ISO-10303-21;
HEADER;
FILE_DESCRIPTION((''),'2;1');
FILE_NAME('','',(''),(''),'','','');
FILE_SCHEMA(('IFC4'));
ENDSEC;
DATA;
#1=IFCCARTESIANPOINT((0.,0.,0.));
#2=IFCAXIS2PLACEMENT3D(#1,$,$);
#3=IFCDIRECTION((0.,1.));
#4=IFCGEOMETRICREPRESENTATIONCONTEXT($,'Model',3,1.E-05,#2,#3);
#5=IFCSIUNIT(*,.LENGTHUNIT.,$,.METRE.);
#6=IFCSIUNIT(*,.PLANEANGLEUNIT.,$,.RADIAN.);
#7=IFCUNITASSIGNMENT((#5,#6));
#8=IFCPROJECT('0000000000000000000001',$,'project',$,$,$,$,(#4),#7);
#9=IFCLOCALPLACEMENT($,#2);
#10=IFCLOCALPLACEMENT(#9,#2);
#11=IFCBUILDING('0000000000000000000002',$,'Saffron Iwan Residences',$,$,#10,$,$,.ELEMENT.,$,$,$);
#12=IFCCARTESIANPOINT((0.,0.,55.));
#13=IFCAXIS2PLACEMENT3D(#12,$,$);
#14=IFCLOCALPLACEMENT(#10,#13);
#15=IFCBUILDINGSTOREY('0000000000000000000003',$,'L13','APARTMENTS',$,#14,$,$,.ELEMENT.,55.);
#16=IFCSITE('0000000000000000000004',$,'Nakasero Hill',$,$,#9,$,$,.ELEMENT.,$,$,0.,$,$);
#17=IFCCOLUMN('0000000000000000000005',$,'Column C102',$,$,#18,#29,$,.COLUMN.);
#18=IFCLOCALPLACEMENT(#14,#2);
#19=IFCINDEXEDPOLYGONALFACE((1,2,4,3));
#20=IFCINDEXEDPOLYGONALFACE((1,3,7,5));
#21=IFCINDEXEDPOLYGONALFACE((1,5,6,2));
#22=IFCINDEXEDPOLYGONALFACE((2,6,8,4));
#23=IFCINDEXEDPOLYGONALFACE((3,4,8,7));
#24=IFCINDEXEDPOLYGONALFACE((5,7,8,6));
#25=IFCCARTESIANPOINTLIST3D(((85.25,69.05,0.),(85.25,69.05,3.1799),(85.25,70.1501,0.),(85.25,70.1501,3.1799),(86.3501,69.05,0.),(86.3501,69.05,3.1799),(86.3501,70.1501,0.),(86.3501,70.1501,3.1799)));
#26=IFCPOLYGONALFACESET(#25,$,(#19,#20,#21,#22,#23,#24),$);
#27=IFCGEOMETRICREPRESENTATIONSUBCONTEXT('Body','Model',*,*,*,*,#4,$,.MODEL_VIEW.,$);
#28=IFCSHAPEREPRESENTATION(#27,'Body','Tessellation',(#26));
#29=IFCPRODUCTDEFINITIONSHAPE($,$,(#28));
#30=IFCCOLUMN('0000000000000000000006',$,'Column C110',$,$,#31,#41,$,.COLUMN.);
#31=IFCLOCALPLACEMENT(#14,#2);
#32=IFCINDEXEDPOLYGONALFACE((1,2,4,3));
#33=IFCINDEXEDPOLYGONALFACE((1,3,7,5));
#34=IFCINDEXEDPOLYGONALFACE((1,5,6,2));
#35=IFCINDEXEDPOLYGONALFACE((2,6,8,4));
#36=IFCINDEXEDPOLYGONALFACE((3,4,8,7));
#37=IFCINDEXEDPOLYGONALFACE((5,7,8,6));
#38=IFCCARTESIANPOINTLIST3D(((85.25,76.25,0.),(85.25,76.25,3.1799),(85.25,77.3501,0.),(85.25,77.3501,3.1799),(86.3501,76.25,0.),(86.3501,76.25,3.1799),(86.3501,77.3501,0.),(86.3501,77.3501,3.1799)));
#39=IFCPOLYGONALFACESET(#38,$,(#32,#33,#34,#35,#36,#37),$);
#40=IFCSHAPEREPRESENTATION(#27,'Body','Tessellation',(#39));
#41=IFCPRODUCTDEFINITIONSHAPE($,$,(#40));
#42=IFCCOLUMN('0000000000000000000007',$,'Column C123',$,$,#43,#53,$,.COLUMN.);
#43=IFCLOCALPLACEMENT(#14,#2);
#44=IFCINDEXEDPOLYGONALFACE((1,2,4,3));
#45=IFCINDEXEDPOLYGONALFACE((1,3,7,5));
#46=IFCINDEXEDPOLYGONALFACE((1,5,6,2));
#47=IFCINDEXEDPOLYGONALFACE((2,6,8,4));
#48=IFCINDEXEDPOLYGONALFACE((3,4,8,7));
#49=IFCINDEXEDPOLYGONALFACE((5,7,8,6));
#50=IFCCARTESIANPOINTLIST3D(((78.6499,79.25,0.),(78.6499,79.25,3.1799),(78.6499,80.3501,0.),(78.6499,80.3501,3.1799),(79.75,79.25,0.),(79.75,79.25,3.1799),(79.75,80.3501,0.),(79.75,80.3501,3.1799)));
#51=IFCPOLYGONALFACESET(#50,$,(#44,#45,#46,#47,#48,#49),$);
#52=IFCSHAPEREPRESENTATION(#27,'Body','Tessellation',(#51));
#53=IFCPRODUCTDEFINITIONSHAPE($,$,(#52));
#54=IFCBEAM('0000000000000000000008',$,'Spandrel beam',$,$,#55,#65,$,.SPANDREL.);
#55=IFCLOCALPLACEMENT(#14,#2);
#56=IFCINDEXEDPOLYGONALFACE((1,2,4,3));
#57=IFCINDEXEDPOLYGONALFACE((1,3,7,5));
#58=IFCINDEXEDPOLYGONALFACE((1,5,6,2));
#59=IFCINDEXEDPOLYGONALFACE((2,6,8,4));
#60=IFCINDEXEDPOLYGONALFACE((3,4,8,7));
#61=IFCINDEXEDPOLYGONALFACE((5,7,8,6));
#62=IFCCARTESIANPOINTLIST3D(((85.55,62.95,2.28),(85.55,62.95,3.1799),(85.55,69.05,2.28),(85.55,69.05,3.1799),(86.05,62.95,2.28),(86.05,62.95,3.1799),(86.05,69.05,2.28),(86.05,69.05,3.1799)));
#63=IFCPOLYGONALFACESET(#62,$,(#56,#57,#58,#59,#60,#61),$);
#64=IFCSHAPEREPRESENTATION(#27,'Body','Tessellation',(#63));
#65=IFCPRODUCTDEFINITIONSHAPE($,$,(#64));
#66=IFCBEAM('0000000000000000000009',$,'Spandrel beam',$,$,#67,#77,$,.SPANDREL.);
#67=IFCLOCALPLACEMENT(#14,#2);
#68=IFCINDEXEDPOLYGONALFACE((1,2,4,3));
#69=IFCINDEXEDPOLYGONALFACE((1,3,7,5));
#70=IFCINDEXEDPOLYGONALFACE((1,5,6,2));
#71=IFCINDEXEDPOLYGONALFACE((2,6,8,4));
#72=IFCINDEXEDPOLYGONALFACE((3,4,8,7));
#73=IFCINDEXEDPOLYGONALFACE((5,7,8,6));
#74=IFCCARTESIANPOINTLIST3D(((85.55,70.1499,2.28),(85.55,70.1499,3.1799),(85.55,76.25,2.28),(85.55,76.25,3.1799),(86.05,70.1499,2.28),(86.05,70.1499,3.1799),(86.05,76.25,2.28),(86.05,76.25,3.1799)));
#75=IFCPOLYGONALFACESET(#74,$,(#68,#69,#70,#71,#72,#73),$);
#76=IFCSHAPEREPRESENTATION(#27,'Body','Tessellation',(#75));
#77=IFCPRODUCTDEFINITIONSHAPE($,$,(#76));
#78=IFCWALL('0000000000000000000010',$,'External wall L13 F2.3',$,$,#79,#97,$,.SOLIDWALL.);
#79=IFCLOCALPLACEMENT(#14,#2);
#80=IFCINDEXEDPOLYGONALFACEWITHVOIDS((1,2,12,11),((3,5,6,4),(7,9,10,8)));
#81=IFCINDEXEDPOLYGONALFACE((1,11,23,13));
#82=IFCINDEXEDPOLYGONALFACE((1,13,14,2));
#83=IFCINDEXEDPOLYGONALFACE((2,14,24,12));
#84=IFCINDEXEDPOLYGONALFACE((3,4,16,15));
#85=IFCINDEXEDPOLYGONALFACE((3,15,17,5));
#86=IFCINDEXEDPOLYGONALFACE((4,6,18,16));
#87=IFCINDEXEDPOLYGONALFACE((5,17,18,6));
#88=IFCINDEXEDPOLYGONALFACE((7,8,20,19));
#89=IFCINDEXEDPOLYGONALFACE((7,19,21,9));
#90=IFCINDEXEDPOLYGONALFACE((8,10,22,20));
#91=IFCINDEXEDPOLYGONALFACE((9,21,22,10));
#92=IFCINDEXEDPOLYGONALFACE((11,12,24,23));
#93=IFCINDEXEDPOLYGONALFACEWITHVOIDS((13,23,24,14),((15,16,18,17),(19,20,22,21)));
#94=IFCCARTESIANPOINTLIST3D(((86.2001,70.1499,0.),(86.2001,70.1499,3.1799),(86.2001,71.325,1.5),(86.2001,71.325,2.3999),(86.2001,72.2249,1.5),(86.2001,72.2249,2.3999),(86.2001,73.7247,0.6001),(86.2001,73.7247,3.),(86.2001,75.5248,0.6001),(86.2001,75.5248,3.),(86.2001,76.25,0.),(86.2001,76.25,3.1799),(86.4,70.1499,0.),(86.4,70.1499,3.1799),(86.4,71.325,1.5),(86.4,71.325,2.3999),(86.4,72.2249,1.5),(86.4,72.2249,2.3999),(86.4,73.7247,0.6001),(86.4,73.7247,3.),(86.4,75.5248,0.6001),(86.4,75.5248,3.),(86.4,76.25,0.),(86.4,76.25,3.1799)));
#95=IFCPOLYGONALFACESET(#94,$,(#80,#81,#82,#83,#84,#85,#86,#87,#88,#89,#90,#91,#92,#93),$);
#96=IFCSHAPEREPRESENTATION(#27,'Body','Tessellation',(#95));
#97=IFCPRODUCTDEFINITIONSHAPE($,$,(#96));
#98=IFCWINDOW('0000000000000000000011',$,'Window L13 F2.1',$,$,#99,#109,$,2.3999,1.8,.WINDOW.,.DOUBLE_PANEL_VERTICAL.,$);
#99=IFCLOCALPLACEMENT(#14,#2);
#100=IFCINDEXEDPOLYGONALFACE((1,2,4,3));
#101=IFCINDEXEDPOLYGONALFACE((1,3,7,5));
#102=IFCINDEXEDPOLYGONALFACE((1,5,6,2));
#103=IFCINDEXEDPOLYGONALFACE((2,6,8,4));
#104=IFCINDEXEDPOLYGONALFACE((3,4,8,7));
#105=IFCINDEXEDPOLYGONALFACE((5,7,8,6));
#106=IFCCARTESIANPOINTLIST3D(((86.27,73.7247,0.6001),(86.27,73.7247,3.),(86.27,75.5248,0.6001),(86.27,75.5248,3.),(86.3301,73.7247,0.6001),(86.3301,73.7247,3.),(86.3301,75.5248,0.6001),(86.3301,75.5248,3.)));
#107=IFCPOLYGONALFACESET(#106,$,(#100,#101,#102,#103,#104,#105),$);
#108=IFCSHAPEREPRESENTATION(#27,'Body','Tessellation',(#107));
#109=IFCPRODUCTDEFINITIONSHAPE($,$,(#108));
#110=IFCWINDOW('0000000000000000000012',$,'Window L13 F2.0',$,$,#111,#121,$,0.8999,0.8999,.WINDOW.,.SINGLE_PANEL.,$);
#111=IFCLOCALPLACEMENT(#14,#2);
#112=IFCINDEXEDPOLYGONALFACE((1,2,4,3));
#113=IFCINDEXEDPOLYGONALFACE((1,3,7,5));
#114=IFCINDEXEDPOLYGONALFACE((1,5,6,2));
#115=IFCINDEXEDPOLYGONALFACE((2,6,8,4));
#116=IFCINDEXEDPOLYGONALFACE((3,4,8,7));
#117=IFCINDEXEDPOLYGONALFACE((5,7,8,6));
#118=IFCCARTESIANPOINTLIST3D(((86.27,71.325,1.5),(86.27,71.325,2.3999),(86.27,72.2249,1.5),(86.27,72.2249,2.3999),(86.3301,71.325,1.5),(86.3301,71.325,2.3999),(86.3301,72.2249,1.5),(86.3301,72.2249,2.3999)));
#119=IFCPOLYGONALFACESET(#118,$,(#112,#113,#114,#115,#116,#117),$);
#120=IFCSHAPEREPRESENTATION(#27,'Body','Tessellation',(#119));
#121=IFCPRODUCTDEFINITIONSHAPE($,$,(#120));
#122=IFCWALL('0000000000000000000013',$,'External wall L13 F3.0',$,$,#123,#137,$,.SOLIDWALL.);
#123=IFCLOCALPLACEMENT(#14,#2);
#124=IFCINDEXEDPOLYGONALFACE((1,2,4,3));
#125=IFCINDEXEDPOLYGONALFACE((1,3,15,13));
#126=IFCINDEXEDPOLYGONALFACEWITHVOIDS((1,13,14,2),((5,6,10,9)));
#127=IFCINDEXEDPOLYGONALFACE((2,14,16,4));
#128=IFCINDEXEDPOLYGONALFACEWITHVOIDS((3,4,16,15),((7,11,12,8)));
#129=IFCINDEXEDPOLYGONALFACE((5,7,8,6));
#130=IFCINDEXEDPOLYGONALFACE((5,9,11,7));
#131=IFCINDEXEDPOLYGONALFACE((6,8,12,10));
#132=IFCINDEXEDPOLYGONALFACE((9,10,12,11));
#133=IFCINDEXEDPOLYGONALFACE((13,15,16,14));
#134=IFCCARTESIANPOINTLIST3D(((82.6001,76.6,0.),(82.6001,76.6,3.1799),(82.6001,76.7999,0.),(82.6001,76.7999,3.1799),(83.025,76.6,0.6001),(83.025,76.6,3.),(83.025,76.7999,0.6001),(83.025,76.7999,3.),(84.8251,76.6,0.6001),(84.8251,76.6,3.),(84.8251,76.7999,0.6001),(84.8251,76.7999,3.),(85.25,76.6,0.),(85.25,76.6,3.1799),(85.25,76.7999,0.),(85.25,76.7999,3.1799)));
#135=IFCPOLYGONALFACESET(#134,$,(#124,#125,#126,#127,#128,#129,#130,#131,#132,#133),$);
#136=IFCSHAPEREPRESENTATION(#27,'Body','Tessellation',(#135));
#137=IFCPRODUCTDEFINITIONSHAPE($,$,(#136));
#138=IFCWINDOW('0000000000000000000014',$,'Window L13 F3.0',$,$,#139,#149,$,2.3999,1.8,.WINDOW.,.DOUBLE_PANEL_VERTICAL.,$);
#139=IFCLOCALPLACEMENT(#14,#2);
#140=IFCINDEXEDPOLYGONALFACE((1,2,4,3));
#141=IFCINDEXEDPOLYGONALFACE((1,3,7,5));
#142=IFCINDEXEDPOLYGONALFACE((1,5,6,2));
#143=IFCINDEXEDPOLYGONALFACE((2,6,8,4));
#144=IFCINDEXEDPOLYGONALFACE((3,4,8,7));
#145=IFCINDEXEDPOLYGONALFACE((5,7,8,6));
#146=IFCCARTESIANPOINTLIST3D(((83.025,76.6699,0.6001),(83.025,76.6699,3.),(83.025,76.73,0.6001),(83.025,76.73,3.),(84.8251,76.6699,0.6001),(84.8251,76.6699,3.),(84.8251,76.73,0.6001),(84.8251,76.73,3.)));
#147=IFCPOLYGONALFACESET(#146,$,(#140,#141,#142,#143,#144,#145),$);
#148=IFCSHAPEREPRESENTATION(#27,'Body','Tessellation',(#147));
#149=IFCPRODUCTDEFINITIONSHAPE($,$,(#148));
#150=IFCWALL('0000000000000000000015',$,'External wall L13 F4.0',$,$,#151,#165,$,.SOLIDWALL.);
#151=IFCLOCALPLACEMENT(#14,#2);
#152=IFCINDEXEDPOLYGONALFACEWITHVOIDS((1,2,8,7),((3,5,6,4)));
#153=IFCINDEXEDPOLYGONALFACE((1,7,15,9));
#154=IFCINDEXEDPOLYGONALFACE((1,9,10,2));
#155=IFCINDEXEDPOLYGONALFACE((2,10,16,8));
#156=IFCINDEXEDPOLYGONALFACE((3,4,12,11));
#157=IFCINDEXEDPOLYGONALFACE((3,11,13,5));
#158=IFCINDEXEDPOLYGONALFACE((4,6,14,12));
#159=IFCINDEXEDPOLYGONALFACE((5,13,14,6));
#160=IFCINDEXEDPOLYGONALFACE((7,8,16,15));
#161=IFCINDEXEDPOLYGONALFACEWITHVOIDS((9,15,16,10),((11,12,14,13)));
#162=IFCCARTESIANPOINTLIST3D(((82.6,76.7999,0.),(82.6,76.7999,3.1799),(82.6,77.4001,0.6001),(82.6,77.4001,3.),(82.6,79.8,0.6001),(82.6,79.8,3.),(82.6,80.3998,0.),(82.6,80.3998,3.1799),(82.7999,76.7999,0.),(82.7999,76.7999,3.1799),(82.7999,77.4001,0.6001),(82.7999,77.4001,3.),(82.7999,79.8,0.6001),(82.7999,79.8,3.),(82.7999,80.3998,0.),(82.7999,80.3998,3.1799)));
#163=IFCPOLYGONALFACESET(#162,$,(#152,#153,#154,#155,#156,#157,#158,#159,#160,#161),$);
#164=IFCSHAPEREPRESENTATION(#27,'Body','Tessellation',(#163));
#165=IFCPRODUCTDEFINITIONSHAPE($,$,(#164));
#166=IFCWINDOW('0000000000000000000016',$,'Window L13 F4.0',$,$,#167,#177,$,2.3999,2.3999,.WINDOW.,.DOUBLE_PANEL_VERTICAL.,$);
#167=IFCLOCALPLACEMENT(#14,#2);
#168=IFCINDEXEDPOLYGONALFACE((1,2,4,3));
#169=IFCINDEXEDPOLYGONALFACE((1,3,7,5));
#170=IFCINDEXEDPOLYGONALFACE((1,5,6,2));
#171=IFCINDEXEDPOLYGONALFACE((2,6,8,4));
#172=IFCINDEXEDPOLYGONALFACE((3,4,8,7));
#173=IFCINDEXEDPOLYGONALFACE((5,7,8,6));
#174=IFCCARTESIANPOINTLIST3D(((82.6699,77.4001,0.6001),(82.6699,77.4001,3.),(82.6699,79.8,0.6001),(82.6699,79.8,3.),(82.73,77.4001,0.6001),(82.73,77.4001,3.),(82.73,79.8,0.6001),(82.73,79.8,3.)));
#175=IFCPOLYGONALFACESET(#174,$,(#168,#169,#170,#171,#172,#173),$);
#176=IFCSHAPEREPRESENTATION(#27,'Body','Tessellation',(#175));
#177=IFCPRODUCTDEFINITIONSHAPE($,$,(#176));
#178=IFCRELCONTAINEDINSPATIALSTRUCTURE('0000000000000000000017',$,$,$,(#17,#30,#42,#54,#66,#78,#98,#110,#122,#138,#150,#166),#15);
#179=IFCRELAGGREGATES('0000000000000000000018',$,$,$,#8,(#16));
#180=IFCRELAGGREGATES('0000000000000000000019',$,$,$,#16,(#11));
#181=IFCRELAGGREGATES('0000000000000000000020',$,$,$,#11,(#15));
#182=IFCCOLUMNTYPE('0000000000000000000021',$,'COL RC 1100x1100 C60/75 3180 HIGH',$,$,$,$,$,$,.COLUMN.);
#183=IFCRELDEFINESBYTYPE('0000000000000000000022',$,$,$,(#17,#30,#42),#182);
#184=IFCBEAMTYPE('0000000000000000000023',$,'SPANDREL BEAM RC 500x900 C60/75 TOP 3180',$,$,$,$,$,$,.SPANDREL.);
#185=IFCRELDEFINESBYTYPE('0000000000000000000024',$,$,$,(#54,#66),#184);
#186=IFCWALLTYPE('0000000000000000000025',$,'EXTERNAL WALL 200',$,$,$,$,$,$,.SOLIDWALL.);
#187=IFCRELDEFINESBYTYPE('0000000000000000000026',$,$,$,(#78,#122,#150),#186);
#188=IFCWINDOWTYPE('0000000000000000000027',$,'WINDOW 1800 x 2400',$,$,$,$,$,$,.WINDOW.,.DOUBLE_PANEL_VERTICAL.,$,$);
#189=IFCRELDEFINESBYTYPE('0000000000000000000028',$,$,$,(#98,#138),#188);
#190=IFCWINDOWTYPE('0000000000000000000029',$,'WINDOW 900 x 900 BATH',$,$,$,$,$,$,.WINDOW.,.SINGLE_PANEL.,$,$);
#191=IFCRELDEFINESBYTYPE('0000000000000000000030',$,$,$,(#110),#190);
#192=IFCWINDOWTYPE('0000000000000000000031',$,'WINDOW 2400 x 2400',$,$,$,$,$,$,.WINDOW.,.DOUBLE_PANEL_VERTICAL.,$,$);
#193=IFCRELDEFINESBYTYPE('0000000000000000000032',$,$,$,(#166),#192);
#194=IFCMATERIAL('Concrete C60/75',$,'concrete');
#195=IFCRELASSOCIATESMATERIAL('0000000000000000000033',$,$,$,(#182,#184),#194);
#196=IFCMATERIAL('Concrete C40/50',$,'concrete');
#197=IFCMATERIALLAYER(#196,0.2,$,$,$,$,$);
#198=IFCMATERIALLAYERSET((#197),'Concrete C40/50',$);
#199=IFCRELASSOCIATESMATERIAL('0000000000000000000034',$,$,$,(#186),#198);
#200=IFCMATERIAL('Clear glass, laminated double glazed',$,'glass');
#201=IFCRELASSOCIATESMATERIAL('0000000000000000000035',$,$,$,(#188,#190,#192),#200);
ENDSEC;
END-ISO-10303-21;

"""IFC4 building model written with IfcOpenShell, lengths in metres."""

from ifc_helpers import new_model, si_unit, direction, frame, frame_2d, origin, origin_2d, place, context, subcontext, project, spatial, rectangle, extrude, source, transform, mapped, material, layer, layer_set, material_profile, profile_set, type_object, element, fill, save


model = new_model("IFC4")

# Units and contexts
model_context = context("Model", 3, precision=1e-05, world=origin(), true_north=direction((0.0, 1.0)))
body_context = subcontext(model_context, "Body", "Model", "MODEL_VIEW")
ifc_project = project(units=[si_unit("LENGTHUNIT", "METRE"), si_unit("PLANEANGLEUNIT", "RADIAN")], contexts=[model_context])

# Site, building, storey
site_placement = place(None, origin())
site = spatial("IfcSite", under=ifc_project, at=site_placement, Name="Nakasero Hill", CompositionType="ELEMENT", RefElevation=0.0)
building_placement = place(site_placement, origin())
building = spatial("IfcBuilding", under=site, at=building_placement, Name="Saffron Iwan Residences", CompositionType="ELEMENT")
storey_placement = place(building_placement, frame((0.0, 0.0, 55.0)))
storey = spatial("IfcBuildingStorey", under=building, at=storey_placement, Name="L13", Description="APARTMENTS", CompositionType="ELEMENT", Elevation=55.0)

# Columns
ifc_material_1 = material(Name="Concrete C60/75", Category="concrete")
ifc_material_profile_1 = material_profile(ifc_material_1, rectangle(XDim=1.1001, YDim=1.1001, at=origin_2d()), Name="RC 1100x1100")
ifc_profile_set_1 = profile_set([ifc_material_profile_1], Name="Concrete C60/75")
column_type = type_object("IfcColumnType", Name="COL RC 1100x1100 C60/75 3180 HIGH", PredefinedType="COLUMN", material=ifc_profile_set_1)
shared_shape_1 = source(origin(), body_context, "Body", "SweptSolid", [
    extrude(rectangle(XDim=1.1001, YDim=1.1001, at=origin_2d()), origin(), (0.0, 0.0, 1.0), 3.1799),
])
for number, where, z_axis, x_axis, name in (
    (1, (85.8, 69.6001, 0.0), (0.0, 0.0, 1.0), (1.0, 0.0, 0.0), "Column C102"),
    (2, (85.8, 76.8, 0.0), (0.0, 0.0, 1.0), (1.0, 0.0, 0.0), "Column C110"),
    (3, (79.2, 79.8, 0.0), (0.0, 0.0, 1.0), (1.0, 0.0, 0.0), "Column C123"),
):
    element("IfcColumn", number, at=place(storey_placement, frame(where, z_axis=z_axis, x_axis=x_axis)), inside=storey, type_object=column_type, Name=name, PredefinedType="COLUMN", context=body_context, shape_type="MappedRepresentation", body=[
        mapped(shared_shape_1, transform((0.0, 0.0, 0.0))),
    ])

# Beams
ifc_material_profile_2 = material_profile(ifc_material_1, rectangle(XDim=0.5, YDim=0.8999, at=origin_2d()), Name="RC 500x900")
ifc_profile_set_2 = profile_set([ifc_material_profile_2], Name="Concrete C60/75")
beam_type = type_object("IfcBeamType", Name="SPANDREL BEAM RC 500x900 C60/75 TOP 3180", PredefinedType="SPANDREL", material=ifc_profile_set_2)
shared_shape_2 = source(origin(), body_context, "Body", "SweptSolid", [
    extrude(rectangle(XDim=0.5, YDim=0.8999, at=origin_2d()), origin(), (0.0, 0.0, 1.0), 6.1001),
])
for number, where, z_axis, x_axis, name in (
    (4, (85.8, 69.05, 2.73), (0.0, -1.0, 0.0), (1.0, 0.0, 0.0), "Spandrel beam"),
    (5, (85.8, 76.25, 2.73), (0.0, -1.0, 0.0), (1.0, 0.0, 0.0), "Spandrel beam"),
):
    element("IfcBeam", number, at=place(storey_placement, frame(where, z_axis=z_axis, x_axis=x_axis)), inside=storey, type_object=beam_type, Name=name, PredefinedType="SPANDREL", context=body_context, shape_type="MappedRepresentation", body=[
        mapped(shared_shape_2, transform((0.0, 0.0, 0.0))),
    ])

# Wall, openings, windows
ifc_material_2 = material(Name="Concrete C40/50", Category="concrete")
ifc_layer_1 = layer(ifc_material_2, 0.2)
ifc_layer_set_1 = layer_set([ifc_layer_1], Name="Concrete C40/50")
wall_type_1 = type_object("IfcWallType", Name="EXTERNAL WALL 200", PredefinedType="SOLIDWALL", material=ifc_layer_set_1)
wall_1_placement = place(storey_placement, frame((86.3, 70.1499, 0.0), z_axis=(0.0, 0.0, 1.0), x_axis=(0.0, 1.0, 0.0)))
wall_1 = element("IfcWall", 6, at=wall_1_placement, inside=storey, type_object=wall_type_1, Name="External wall L13 F2.3", PredefinedType="SOLIDWALL", context=body_context, shape_type="SweptSolid", body=[
    extrude(rectangle(XDim=6.1001, YDim=0.2, at=frame_2d((3.05, 0.0))), origin(), (0.0, 0.0, 1.0), 3.1799),
])
opening_1_placement = place(wall_1_placement, frame((1.175, 0.0, 1.5)))
opening_1 = element("IfcOpeningElement", 7, at=opening_1_placement, cuts=wall_1, PredefinedType="OPENING", context=body_context, shape_type="SweptSolid", body=[
    extrude(rectangle(XDim=0.8999, YDim=0.8999, at=frame_2d((0.45, 0.45))), frame((0.0, 0.1099, 0.0), z_axis=(0.0, -1.0, 0.0), x_axis=(1.0, 0.0, 0.0)), (0.0, 0.0, 1.0), 0.22),
])
opening_2_placement = place(wall_1_placement, frame((3.575, 0.0, 0.6001)))
opening_2 = element("IfcOpeningElement", 8, at=opening_2_placement, cuts=wall_1, PredefinedType="OPENING", context=body_context, shape_type="SweptSolid", body=[
    extrude(rectangle(XDim=1.8, YDim=2.3999, at=frame_2d((0.8999, 1.2))), frame((0.0, 0.1099, 0.0), z_axis=(0.0, -1.0, 0.0), x_axis=(1.0, 0.0, 0.0)), (0.0, 0.0, 1.0), 0.22),
])
ifc_material_3 = material(Name="Clear glass, laminated double glazed", Category="glass")
window_type_1 = type_object("IfcWindowType", Name="WINDOW 1800 x 2400", PartitioningType="DOUBLE_PANEL_VERTICAL", PredefinedType="WINDOW", material=ifc_material_3)
window_1_placement = place(opening_2_placement, origin())
window_1 = element("IfcWindow", 9, at=window_1_placement, inside=storey, type_object=window_type_1, Name="Window L13 F2.1", OverallHeight=2.3999, OverallWidth=1.8, PartitioningType="DOUBLE_PANEL_VERTICAL", PredefinedType="WINDOW", context=body_context, shape_type="SweptSolid", body=[
    extrude(rectangle(XDim=1.8, YDim=2.3999, at=frame_2d((0.8999, 1.2))), frame((0.0, 0.03, 0.0), z_axis=(0.0, -1.0, 0.0), x_axis=(1.0, 0.0, 0.0)), (0.0, 0.0, 1.0), 0.0601),
])
fill(opening_2, window_1)
window_type_2 = type_object("IfcWindowType", Name="WINDOW 900 x 900 BATH", PartitioningType="SINGLE_PANEL", PredefinedType="WINDOW", material=ifc_material_3)
window_2_placement = place(opening_1_placement, origin())
window_2 = element("IfcWindow", 10, at=window_2_placement, inside=storey, type_object=window_type_2, Name="Window L13 F2.0", OverallHeight=0.8999, OverallWidth=0.8999, PartitioningType="SINGLE_PANEL", PredefinedType="WINDOW", context=body_context, shape_type="SweptSolid", body=[
    extrude(rectangle(XDim=0.8999, YDim=0.8999, at=frame_2d((0.45, 0.45))), frame((0.0, 0.03, 0.0), z_axis=(0.0, -1.0, 0.0), x_axis=(1.0, 0.0, 0.0)), (0.0, 0.0, 1.0), 0.0601),
])
fill(opening_1, window_2)

# Walls, openings, windows
wall_2_placement = place(storey_placement, frame((85.25, 76.7, 0.0), z_axis=(0.0, 0.0, 1.0), x_axis=(-1.0, 0.0, 0.0)))
wall_2 = element("IfcWall", 11, at=wall_2_placement, inside=storey, type_object=wall_type_1, Name="External wall L13 F3.0", PredefinedType="SOLIDWALL", context=body_context, shape_type="SweptSolid", body=[
    extrude(rectangle(XDim=2.6499, YDim=0.2, at=frame_2d((1.325, 0.0))), origin(), (0.0, 0.0, 1.0), 3.1799),
])
opening_3_placement = place(wall_2_placement, frame((0.425, 0.0, 0.6001)))
opening_3 = element("IfcOpeningElement", 12, at=opening_3_placement, cuts=wall_2, PredefinedType="OPENING", context=body_context, shape_type="SweptSolid", body=[
    extrude(rectangle(XDim=1.8, YDim=2.3999, at=frame_2d((0.8999, 1.2))), frame((0.0, 0.1099, 0.0), z_axis=(0.0, -1.0, 0.0), x_axis=(1.0, 0.0, 0.0)), (0.0, 0.0, 1.0), 0.22),
])
window_3_placement = place(opening_3_placement, origin())
window_3 = element("IfcWindow", 13, at=window_3_placement, inside=storey, type_object=window_type_1, Name="Window L13 F3.0", OverallHeight=2.3999, OverallWidth=1.8, PartitioningType="DOUBLE_PANEL_VERTICAL", PredefinedType="WINDOW", context=body_context, shape_type="SweptSolid", body=[
    extrude(rectangle(XDim=1.8, YDim=2.3999, at=frame_2d((0.8999, 1.2))), frame((0.0, 0.03, 0.0), z_axis=(0.0, -1.0, 0.0), x_axis=(1.0, 0.0, 0.0)), (0.0, 0.0, 1.0), 0.0601),
])
fill(opening_3, window_3)
wall_3_placement = place(storey_placement, frame((82.7, 76.8, 0.0), z_axis=(0.0, 0.0, 1.0), x_axis=(0.0, 1.0, 0.0)))
wall_3 = element("IfcWall", 14, at=wall_3_placement, inside=storey, type_object=wall_type_1, Name="External wall L13 F4.0", PredefinedType="SOLIDWALL", context=body_context, shape_type="SweptSolid", body=[
    extrude(rectangle(XDim=3.5999, YDim=0.2, at=frame_2d((1.7998, 0.0))), origin(), (0.0, 0.0, 1.0), 3.1799),
])
opening_4_placement = place(wall_3_placement, frame((0.6001, 0.0, 0.6001)))
opening_4 = element("IfcOpeningElement", 15, at=opening_4_placement, cuts=wall_3, PredefinedType="OPENING", context=body_context, shape_type="SweptSolid", body=[
    extrude(rectangle(XDim=2.3999, YDim=2.3999, at=frame_2d((1.2, 1.2))), frame((0.0, 0.1099, 0.0), z_axis=(0.0, -1.0, 0.0), x_axis=(1.0, 0.0, 0.0)), (0.0, 0.0, 1.0), 0.22),
])
window_type_3 = type_object("IfcWindowType", Name="WINDOW 2400 x 2400", PartitioningType="DOUBLE_PANEL_VERTICAL", PredefinedType="WINDOW", material=ifc_material_3)
window_4_placement = place(opening_4_placement, origin())
window_4 = element("IfcWindow", 16, at=window_4_placement, inside=storey, type_object=window_type_3, Name="Window L13 F4.0", OverallHeight=2.3999, OverallWidth=2.3999, PartitioningType="DOUBLE_PANEL_VERTICAL", PredefinedType="WINDOW", context=body_context, shape_type="SweptSolid", body=[
    extrude(rectangle(XDim=2.3999, YDim=2.3999, at=frame_2d((1.2, 1.2))), frame((0.0, 0.03, 0.0), z_axis=(0.0, -1.0, 0.0), x_axis=(1.0, 0.0, 0.0)), (0.0, 0.0, 1.0), 0.0601),
])
fill(opening_4, window_4)

save(model, "model.ifc")
